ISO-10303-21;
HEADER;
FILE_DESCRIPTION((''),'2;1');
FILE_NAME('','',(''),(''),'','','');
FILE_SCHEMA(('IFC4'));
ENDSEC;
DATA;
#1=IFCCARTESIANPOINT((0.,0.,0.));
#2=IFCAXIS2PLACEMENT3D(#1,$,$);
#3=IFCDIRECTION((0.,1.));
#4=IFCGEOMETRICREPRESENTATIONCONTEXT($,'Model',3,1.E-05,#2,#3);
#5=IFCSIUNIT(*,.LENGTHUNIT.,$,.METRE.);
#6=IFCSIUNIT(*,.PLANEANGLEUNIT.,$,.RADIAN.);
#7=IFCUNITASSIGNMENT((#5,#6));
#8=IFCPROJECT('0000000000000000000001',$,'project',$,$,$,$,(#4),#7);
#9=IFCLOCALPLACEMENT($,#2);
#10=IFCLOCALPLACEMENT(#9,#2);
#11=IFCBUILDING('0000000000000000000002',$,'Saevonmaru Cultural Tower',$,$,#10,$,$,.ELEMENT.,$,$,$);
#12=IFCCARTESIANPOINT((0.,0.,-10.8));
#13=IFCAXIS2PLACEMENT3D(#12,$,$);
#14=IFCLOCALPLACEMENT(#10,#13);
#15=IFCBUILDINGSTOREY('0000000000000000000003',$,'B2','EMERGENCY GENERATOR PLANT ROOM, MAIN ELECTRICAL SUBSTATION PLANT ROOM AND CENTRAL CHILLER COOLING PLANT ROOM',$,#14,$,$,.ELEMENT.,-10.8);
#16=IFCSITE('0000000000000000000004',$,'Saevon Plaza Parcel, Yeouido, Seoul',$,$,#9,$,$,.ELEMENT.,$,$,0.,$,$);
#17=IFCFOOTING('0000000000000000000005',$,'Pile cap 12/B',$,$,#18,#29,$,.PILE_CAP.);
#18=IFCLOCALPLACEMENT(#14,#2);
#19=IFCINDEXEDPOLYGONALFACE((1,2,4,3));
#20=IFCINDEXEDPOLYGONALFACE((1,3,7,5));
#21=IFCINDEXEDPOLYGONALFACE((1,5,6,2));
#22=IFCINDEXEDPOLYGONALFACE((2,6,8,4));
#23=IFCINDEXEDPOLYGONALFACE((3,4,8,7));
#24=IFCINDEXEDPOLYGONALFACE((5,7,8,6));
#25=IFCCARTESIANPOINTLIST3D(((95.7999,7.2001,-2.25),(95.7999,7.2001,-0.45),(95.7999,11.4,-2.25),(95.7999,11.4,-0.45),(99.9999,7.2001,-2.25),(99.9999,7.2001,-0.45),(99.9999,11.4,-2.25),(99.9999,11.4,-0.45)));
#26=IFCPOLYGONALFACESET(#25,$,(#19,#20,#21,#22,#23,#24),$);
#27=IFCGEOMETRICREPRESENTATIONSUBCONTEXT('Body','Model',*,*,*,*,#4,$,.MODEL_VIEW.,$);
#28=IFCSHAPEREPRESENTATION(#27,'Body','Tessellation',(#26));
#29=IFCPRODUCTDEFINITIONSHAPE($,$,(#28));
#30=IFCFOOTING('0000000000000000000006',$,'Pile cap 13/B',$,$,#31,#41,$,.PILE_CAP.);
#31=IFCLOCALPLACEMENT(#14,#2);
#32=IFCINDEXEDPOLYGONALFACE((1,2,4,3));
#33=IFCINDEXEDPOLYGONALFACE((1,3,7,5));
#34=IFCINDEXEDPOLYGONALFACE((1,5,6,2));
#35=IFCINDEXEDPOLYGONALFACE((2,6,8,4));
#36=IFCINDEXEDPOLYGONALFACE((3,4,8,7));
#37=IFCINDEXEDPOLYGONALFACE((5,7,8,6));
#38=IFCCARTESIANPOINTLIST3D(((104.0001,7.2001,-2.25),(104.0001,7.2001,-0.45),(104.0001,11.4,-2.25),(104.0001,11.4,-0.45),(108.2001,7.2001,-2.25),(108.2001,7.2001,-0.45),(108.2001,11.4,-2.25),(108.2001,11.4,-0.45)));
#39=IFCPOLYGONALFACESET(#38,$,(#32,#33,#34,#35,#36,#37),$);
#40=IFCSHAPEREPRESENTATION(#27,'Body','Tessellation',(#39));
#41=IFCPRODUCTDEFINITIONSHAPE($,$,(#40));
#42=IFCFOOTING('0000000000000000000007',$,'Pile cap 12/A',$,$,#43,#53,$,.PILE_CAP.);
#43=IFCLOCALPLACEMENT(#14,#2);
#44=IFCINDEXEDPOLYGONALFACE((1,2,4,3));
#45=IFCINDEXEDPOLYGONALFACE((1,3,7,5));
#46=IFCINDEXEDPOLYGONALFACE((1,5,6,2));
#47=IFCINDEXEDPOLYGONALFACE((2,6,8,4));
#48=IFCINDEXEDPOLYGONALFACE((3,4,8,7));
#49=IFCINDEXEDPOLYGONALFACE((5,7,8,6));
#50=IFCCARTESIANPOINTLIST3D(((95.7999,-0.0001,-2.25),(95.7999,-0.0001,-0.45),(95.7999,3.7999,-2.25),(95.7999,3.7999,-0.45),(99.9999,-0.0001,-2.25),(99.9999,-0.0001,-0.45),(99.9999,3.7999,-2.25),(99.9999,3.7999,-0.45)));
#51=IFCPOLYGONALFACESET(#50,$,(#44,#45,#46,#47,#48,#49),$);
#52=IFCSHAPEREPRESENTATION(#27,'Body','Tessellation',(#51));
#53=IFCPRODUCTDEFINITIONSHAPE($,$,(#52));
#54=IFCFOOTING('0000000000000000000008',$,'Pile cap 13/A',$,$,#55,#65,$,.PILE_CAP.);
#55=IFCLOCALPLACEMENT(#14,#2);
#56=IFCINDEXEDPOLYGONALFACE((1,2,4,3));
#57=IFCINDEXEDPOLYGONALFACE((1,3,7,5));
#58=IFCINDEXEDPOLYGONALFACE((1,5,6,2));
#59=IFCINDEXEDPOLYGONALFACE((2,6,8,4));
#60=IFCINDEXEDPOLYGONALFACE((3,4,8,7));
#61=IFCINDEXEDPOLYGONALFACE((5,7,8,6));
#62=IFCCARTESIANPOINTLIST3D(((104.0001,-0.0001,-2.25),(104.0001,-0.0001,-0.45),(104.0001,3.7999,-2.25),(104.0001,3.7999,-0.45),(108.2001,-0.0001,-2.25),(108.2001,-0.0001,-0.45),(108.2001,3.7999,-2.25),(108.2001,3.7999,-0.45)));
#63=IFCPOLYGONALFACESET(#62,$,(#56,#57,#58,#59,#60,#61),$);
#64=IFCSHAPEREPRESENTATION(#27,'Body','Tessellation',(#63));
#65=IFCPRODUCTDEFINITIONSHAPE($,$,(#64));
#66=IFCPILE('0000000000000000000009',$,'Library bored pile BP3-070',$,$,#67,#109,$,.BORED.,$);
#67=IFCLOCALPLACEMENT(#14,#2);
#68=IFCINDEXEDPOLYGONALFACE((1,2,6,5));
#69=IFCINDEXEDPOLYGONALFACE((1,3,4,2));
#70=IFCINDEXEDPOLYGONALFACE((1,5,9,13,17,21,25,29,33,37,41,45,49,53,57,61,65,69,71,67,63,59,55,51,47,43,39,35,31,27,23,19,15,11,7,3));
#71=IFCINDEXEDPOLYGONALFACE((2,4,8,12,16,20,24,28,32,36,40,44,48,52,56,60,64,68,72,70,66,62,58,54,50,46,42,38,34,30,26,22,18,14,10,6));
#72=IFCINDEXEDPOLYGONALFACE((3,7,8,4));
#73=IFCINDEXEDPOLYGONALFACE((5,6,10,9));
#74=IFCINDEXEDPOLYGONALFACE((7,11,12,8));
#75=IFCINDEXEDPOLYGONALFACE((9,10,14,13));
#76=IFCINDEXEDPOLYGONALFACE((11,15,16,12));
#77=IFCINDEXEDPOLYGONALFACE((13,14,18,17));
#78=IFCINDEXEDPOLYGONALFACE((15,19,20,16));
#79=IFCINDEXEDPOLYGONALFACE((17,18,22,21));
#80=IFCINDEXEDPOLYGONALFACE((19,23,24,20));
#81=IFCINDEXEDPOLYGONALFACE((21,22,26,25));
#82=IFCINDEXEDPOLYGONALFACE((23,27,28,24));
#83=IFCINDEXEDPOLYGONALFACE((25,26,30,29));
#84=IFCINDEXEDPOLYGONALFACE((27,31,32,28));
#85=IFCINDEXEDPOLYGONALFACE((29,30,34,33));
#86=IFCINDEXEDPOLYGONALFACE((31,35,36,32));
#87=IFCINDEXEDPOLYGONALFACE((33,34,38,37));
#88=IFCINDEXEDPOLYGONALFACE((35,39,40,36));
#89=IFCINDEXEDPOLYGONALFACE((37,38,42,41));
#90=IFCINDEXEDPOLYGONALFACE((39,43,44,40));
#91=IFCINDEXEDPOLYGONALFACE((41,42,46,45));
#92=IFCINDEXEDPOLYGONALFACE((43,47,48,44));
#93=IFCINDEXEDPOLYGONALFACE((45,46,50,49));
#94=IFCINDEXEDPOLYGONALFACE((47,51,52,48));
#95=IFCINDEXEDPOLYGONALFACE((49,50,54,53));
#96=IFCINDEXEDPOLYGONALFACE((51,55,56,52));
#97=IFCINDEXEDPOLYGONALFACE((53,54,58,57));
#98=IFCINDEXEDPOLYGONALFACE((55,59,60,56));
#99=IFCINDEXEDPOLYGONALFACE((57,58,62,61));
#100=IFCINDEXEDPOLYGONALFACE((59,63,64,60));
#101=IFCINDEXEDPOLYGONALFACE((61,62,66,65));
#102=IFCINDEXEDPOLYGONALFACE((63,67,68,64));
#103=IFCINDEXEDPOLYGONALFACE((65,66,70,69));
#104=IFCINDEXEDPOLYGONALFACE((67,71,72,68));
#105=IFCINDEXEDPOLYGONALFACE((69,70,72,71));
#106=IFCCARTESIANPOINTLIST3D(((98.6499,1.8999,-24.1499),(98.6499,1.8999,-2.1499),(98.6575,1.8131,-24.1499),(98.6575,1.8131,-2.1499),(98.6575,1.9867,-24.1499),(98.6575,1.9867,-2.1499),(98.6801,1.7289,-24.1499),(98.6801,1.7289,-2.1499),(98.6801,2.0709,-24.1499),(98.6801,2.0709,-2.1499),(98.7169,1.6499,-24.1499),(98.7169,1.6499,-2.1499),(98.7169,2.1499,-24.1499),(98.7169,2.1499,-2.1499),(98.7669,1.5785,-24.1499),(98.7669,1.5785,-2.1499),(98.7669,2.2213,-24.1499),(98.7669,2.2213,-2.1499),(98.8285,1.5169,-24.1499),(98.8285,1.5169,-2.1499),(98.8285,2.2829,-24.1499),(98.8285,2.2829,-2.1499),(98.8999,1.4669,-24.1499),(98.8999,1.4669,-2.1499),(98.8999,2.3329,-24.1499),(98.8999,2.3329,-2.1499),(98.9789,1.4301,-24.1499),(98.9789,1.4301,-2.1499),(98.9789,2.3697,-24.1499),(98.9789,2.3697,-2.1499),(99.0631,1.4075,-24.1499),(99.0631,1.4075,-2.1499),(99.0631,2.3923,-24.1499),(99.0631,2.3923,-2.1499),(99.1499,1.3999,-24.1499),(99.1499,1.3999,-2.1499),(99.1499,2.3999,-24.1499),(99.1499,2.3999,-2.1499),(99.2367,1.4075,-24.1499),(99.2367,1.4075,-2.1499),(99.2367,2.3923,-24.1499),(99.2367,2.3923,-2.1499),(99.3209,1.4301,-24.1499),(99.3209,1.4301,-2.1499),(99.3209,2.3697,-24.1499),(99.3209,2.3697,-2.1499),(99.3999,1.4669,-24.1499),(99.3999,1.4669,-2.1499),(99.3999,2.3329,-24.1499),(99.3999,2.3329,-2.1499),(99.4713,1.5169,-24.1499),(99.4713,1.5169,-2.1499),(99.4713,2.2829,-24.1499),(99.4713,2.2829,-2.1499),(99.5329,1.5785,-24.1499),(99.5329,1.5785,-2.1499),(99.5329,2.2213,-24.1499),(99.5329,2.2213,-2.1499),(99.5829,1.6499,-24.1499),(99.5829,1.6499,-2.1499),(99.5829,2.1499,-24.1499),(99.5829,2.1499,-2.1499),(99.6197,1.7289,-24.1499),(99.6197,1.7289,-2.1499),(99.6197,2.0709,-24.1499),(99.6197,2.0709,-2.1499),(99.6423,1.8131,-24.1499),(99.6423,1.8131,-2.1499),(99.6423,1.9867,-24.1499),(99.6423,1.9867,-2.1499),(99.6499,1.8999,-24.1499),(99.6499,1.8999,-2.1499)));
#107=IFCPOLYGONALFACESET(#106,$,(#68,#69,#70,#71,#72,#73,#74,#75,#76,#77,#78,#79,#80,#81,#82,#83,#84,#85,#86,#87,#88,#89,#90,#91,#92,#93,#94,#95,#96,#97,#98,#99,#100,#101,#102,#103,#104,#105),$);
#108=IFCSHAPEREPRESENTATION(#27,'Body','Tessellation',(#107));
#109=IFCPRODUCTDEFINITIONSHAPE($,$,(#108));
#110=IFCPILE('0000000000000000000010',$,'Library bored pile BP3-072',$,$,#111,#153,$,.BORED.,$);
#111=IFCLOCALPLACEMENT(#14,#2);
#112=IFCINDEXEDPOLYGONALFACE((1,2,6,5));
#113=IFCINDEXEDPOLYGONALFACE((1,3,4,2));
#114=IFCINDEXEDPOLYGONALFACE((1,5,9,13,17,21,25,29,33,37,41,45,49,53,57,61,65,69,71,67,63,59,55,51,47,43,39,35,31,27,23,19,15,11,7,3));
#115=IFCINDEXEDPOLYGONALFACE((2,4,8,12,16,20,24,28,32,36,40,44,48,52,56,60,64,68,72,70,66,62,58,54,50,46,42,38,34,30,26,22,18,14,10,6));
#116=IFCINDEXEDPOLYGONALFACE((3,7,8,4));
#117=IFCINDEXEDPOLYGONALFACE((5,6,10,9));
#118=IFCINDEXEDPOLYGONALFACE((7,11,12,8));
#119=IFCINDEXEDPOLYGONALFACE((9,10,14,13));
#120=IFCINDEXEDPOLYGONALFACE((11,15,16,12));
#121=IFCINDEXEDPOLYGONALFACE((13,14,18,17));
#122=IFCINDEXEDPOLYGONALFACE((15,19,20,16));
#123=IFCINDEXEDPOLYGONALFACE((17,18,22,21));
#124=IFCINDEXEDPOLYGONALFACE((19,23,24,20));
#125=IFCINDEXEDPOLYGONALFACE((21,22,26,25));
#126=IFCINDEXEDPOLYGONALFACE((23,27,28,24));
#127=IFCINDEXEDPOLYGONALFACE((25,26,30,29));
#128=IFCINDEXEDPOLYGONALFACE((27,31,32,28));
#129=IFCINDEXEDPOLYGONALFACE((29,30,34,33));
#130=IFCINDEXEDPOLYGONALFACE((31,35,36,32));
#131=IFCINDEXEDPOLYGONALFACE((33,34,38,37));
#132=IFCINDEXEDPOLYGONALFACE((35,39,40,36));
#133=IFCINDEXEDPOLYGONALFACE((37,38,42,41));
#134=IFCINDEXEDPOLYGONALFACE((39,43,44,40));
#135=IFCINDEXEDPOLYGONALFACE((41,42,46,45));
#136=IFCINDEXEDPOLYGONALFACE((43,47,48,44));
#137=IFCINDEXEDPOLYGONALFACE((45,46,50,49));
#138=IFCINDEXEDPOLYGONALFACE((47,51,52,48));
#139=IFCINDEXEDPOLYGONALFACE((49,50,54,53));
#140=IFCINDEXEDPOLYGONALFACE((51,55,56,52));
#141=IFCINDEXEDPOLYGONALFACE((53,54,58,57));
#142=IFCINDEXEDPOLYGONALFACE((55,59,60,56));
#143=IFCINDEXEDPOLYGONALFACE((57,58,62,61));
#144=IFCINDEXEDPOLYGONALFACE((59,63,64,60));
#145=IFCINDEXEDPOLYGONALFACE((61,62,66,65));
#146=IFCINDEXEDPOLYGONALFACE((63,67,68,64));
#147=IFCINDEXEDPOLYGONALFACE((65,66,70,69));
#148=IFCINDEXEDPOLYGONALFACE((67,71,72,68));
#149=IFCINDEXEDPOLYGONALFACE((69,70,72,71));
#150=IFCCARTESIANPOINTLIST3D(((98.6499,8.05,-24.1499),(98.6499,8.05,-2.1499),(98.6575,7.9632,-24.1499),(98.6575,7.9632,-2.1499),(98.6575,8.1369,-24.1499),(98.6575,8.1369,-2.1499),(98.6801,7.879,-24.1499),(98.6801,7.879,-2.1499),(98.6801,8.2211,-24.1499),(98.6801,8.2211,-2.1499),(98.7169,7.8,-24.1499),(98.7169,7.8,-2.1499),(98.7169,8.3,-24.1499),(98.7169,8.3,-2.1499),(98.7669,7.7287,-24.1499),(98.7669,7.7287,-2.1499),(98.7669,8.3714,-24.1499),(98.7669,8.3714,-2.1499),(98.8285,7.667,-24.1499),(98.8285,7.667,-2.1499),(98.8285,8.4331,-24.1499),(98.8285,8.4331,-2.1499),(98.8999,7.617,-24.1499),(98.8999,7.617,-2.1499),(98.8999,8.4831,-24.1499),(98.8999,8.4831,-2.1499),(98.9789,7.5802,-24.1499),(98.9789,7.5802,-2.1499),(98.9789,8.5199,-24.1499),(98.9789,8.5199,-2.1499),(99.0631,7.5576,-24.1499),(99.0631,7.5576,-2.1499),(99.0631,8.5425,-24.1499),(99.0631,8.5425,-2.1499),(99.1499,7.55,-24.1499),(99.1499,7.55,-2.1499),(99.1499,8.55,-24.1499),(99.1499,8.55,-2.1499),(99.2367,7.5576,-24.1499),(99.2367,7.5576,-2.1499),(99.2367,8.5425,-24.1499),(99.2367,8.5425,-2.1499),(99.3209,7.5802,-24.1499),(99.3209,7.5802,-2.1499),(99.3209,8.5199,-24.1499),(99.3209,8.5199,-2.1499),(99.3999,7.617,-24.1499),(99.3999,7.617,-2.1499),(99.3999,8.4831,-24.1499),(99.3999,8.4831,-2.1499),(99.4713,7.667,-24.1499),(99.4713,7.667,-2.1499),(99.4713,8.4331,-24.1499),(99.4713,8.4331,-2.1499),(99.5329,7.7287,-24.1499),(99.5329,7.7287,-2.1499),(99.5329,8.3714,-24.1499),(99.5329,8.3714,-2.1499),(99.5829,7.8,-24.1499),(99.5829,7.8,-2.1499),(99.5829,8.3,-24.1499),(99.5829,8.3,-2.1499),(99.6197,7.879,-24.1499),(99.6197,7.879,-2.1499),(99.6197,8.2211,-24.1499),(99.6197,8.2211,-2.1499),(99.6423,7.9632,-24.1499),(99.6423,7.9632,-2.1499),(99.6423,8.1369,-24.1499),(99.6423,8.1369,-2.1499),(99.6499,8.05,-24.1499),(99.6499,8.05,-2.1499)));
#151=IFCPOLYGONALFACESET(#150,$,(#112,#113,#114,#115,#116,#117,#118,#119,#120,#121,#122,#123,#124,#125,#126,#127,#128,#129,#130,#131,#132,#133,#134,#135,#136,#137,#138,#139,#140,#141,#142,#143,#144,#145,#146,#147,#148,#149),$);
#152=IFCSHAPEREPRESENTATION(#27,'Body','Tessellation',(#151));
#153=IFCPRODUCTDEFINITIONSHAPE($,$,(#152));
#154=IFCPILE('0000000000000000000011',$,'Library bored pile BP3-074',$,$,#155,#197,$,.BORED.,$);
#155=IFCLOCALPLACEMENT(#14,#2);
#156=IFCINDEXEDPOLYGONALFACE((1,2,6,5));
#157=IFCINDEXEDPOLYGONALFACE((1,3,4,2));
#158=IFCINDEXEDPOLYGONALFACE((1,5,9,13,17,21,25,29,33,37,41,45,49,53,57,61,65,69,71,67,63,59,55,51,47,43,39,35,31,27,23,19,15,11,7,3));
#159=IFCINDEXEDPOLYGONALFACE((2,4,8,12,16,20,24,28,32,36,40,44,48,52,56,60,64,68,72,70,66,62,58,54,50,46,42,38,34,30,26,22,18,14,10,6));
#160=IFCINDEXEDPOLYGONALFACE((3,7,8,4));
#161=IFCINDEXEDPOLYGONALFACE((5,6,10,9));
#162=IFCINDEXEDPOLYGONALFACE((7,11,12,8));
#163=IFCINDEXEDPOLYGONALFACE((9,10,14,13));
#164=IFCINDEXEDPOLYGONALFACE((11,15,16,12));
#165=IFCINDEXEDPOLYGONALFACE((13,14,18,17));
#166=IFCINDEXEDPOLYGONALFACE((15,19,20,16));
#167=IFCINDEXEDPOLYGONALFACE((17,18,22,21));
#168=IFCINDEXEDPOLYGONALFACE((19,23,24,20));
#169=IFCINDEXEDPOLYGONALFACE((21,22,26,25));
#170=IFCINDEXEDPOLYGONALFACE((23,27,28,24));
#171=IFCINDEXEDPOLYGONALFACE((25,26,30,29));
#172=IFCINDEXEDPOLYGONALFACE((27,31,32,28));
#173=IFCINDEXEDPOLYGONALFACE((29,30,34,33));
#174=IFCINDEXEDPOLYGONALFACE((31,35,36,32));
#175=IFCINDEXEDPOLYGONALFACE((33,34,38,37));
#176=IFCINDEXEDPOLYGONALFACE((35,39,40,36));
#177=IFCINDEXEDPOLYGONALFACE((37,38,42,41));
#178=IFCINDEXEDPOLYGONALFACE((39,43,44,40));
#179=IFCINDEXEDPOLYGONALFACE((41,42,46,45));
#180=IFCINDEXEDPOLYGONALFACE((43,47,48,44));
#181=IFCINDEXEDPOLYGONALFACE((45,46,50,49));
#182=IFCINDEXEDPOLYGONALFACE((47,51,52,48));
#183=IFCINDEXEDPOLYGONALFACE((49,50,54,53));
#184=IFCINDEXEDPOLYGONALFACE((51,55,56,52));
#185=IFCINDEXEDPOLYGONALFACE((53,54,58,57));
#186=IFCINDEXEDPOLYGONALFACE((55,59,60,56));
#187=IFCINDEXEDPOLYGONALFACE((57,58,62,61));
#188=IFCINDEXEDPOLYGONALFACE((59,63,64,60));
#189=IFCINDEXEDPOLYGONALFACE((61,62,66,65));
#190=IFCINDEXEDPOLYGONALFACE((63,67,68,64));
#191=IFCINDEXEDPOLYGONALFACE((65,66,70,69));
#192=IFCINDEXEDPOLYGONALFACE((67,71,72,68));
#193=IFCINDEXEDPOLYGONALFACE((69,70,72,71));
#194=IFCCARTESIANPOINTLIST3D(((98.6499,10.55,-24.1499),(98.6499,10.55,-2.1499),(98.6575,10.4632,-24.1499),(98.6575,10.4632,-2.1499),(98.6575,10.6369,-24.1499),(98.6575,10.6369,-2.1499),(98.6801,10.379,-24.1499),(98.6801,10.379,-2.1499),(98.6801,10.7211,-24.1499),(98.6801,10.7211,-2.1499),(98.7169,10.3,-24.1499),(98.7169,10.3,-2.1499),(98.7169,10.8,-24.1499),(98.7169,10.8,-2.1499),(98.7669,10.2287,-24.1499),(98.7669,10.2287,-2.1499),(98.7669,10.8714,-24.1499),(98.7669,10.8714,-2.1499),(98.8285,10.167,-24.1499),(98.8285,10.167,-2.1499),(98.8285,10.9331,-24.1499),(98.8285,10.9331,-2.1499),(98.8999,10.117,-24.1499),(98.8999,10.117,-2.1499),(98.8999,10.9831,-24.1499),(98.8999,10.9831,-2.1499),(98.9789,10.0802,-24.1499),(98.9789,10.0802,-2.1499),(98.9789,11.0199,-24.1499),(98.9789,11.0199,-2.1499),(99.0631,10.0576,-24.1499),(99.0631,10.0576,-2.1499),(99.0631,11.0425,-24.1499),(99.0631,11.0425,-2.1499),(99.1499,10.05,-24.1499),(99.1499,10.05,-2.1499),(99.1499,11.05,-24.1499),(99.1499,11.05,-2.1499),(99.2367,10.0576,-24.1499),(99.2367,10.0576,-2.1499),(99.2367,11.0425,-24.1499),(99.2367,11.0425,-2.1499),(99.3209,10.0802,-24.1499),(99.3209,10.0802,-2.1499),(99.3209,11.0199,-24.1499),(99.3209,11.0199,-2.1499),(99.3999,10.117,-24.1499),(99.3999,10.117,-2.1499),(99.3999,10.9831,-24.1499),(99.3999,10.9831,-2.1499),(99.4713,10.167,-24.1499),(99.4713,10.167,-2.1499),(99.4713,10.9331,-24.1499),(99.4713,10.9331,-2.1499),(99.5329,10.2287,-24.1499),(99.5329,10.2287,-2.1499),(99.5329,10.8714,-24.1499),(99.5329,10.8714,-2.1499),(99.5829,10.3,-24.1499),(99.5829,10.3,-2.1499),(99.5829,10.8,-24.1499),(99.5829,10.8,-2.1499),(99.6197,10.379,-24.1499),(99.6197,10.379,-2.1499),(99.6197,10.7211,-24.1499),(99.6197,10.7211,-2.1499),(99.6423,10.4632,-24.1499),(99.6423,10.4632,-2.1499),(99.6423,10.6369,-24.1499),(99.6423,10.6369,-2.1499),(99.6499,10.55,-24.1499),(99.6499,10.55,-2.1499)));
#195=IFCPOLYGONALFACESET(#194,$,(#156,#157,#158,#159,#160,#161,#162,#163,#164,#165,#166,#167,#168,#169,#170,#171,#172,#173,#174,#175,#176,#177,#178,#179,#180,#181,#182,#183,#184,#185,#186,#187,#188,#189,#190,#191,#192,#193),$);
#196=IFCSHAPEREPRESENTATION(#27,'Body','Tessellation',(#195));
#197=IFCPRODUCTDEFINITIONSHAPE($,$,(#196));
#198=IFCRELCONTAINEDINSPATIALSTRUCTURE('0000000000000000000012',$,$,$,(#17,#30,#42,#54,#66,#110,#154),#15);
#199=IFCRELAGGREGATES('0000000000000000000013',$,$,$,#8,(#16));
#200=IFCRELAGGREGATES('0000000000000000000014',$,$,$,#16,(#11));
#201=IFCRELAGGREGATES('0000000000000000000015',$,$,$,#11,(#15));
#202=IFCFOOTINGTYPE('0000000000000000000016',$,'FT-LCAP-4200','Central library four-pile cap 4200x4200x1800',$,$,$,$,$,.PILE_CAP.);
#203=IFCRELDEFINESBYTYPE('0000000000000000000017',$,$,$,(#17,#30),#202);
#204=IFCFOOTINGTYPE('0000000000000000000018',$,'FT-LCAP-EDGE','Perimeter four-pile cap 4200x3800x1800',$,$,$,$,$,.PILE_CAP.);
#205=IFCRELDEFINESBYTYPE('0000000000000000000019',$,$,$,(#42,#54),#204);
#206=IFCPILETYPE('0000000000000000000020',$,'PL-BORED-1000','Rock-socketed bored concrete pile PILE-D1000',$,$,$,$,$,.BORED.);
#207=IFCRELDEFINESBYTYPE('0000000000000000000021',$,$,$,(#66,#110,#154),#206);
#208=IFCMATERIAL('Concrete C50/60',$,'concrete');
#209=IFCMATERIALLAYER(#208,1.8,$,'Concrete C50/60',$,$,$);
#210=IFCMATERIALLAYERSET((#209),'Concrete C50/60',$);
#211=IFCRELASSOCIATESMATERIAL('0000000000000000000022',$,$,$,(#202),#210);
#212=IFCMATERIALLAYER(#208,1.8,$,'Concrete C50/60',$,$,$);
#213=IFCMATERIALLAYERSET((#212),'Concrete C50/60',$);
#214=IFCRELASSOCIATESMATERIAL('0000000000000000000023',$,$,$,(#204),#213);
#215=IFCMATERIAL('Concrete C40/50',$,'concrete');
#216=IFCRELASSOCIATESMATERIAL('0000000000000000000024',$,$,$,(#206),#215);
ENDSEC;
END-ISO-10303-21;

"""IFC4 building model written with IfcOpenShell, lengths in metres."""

from ifc_helpers import new_model, si_unit, direction, frame, origin, origin_2d, place, context, subcontext, project, spatial, rectangle, circle, extrude, material, layer, layer_set, material_profile, profile_set, type_object, element, save


model = new_model("IFC4")

# Units and contexts
model_context = context("Model", 3, precision=1e-05, world=origin(), true_north=direction((0.0, 1.0)))
body_context = subcontext(model_context, "Body", "Model", "MODEL_VIEW")
ifc_project = project(units=[si_unit("LENGTHUNIT", "METRE"), si_unit("PLANEANGLEUNIT", "RADIAN")], contexts=[model_context])

# Site, building, storey
site_placement = place(None, origin())
site = spatial("IfcSite", under=ifc_project, at=site_placement, Name="Saevon Plaza Parcel, Yeouido, Seoul", CompositionType="ELEMENT", RefElevation=0.0)
building_placement = place(site_placement, origin())
building = spatial("IfcBuilding", under=site, at=building_placement, Name="Saevonmaru Cultural Tower", CompositionType="ELEMENT")
storey_placement = place(building_placement, frame((0.0, 0.0, -10.8)))
storey = spatial("IfcBuildingStorey", under=building, at=storey_placement, Name="B2", Description="EMERGENCY GENERATOR PLANT ROOM, MAIN ELECTRICAL SUBSTATION PLANT ROOM AND CENTRAL CHILLER COOLING PLANT ROOM", CompositionType="ELEMENT", Elevation=-10.8)

# Footings
ifc_material_1 = material(Name="Concrete C50/60", Category="concrete")
ifc_layer_1 = layer(ifc_material_1, 1.8, Name="Concrete C50/60")
ifc_layer_set_1 = layer_set([ifc_layer_1], Name="Concrete C50/60")
footing_type_1 = type_object("IfcFootingType", Name="FT-LCAP-4200", Description="Central library four-pile cap 4200x4200x1800", PredefinedType="PILE_CAP", material=ifc_layer_set_1)
for number, where, z_axis, x_axis, name in (
    (1, (97.8999, 9.3, -2.25), (0.0, 0.0, 1.0), (1.0, 0.0, 0.0), "Pile cap 12/B"),
    (2, (106.1001, 9.3, -2.25), (0.0, 0.0, 1.0), (1.0, 0.0, 0.0), "Pile cap 13/B"),
):
    element("IfcFooting", number, at=place(storey_placement, frame(where, z_axis=z_axis, x_axis=x_axis)), inside=storey, type_object=footing_type_1, Name=name, PredefinedType="PILE_CAP", context=body_context, shape_type="SweptSolid", body=[
        extrude(rectangle(XDim=4.2, YDim=4.2, at=origin_2d()), origin(), (0.0, 0.0, 1.0), 1.8),
    ])
ifc_layer_2 = layer(ifc_material_1, 1.8, Name="Concrete C50/60")
ifc_layer_set_2 = layer_set([ifc_layer_2], Name="Concrete C50/60")
footing_type_2 = type_object("IfcFootingType", Name="FT-LCAP-EDGE", Description="Perimeter four-pile cap 4200x3800x1800", PredefinedType="PILE_CAP", material=ifc_layer_set_2)
for number, where, z_axis, x_axis, name in (
    (3, (97.8999, 1.8999, -2.25), (0.0, 0.0, 1.0), (1.0, 0.0, 0.0), "Pile cap 12/A"),
    (4, (106.1001, 1.8999, -2.25), (0.0, 0.0, 1.0), (1.0, 0.0, 0.0), "Pile cap 13/A"),
):
    element("IfcFooting", number, at=place(storey_placement, frame(where, z_axis=z_axis, x_axis=x_axis)), inside=storey, type_object=footing_type_2, Name=name, PredefinedType="PILE_CAP", context=body_context, shape_type="SweptSolid", body=[
        extrude(rectangle(XDim=4.2, YDim=3.8, at=origin_2d()), origin(), (0.0, 0.0, 1.0), 1.8),
    ])

# Piles
ifc_material_2 = material(Name="Concrete C40/50", Category="concrete")
ifc_material_profile_1 = material_profile(ifc_material_2, circle(Radius=0.5, at=origin_2d()), Name="PILE-D1000")
ifc_profile_set_1 = profile_set([ifc_material_profile_1], Name="Concrete C40/50")
pile_type = type_object("IfcPileType", Name="PL-BORED-1000", Description="Rock-socketed bored concrete pile PILE-D1000", PredefinedType="BORED", material=ifc_profile_set_1)
for number, where, z_axis, x_axis, name in (
    (5, (99.1499, 1.8999, -2.1499), (0.0, 0.0, -1.0), (1.0, 0.0, 0.0), "Library bored pile BP3-070"),
    (6, (99.1499, 8.05, -2.1499), (0.0, 0.0, -1.0), (1.0, 0.0, 0.0), "Library bored pile BP3-072"),
    (7, (99.1499, 10.55, -2.1499), (0.0, 0.0, -1.0), (1.0, 0.0, 0.0), "Library bored pile BP3-074"),
):
    element("IfcPile", number, at=place(storey_placement, frame(where, z_axis=z_axis, x_axis=x_axis)), inside=storey, type_object=pile_type, Name=name, PredefinedType="BORED", context=body_context, shape_type="SweptSolid", body=[
        extrude(circle(Radius=0.5, at=origin_2d()), origin(), (0.0, 0.0, 1.0), 22.0),
    ])

save(model, "model.ifc")
